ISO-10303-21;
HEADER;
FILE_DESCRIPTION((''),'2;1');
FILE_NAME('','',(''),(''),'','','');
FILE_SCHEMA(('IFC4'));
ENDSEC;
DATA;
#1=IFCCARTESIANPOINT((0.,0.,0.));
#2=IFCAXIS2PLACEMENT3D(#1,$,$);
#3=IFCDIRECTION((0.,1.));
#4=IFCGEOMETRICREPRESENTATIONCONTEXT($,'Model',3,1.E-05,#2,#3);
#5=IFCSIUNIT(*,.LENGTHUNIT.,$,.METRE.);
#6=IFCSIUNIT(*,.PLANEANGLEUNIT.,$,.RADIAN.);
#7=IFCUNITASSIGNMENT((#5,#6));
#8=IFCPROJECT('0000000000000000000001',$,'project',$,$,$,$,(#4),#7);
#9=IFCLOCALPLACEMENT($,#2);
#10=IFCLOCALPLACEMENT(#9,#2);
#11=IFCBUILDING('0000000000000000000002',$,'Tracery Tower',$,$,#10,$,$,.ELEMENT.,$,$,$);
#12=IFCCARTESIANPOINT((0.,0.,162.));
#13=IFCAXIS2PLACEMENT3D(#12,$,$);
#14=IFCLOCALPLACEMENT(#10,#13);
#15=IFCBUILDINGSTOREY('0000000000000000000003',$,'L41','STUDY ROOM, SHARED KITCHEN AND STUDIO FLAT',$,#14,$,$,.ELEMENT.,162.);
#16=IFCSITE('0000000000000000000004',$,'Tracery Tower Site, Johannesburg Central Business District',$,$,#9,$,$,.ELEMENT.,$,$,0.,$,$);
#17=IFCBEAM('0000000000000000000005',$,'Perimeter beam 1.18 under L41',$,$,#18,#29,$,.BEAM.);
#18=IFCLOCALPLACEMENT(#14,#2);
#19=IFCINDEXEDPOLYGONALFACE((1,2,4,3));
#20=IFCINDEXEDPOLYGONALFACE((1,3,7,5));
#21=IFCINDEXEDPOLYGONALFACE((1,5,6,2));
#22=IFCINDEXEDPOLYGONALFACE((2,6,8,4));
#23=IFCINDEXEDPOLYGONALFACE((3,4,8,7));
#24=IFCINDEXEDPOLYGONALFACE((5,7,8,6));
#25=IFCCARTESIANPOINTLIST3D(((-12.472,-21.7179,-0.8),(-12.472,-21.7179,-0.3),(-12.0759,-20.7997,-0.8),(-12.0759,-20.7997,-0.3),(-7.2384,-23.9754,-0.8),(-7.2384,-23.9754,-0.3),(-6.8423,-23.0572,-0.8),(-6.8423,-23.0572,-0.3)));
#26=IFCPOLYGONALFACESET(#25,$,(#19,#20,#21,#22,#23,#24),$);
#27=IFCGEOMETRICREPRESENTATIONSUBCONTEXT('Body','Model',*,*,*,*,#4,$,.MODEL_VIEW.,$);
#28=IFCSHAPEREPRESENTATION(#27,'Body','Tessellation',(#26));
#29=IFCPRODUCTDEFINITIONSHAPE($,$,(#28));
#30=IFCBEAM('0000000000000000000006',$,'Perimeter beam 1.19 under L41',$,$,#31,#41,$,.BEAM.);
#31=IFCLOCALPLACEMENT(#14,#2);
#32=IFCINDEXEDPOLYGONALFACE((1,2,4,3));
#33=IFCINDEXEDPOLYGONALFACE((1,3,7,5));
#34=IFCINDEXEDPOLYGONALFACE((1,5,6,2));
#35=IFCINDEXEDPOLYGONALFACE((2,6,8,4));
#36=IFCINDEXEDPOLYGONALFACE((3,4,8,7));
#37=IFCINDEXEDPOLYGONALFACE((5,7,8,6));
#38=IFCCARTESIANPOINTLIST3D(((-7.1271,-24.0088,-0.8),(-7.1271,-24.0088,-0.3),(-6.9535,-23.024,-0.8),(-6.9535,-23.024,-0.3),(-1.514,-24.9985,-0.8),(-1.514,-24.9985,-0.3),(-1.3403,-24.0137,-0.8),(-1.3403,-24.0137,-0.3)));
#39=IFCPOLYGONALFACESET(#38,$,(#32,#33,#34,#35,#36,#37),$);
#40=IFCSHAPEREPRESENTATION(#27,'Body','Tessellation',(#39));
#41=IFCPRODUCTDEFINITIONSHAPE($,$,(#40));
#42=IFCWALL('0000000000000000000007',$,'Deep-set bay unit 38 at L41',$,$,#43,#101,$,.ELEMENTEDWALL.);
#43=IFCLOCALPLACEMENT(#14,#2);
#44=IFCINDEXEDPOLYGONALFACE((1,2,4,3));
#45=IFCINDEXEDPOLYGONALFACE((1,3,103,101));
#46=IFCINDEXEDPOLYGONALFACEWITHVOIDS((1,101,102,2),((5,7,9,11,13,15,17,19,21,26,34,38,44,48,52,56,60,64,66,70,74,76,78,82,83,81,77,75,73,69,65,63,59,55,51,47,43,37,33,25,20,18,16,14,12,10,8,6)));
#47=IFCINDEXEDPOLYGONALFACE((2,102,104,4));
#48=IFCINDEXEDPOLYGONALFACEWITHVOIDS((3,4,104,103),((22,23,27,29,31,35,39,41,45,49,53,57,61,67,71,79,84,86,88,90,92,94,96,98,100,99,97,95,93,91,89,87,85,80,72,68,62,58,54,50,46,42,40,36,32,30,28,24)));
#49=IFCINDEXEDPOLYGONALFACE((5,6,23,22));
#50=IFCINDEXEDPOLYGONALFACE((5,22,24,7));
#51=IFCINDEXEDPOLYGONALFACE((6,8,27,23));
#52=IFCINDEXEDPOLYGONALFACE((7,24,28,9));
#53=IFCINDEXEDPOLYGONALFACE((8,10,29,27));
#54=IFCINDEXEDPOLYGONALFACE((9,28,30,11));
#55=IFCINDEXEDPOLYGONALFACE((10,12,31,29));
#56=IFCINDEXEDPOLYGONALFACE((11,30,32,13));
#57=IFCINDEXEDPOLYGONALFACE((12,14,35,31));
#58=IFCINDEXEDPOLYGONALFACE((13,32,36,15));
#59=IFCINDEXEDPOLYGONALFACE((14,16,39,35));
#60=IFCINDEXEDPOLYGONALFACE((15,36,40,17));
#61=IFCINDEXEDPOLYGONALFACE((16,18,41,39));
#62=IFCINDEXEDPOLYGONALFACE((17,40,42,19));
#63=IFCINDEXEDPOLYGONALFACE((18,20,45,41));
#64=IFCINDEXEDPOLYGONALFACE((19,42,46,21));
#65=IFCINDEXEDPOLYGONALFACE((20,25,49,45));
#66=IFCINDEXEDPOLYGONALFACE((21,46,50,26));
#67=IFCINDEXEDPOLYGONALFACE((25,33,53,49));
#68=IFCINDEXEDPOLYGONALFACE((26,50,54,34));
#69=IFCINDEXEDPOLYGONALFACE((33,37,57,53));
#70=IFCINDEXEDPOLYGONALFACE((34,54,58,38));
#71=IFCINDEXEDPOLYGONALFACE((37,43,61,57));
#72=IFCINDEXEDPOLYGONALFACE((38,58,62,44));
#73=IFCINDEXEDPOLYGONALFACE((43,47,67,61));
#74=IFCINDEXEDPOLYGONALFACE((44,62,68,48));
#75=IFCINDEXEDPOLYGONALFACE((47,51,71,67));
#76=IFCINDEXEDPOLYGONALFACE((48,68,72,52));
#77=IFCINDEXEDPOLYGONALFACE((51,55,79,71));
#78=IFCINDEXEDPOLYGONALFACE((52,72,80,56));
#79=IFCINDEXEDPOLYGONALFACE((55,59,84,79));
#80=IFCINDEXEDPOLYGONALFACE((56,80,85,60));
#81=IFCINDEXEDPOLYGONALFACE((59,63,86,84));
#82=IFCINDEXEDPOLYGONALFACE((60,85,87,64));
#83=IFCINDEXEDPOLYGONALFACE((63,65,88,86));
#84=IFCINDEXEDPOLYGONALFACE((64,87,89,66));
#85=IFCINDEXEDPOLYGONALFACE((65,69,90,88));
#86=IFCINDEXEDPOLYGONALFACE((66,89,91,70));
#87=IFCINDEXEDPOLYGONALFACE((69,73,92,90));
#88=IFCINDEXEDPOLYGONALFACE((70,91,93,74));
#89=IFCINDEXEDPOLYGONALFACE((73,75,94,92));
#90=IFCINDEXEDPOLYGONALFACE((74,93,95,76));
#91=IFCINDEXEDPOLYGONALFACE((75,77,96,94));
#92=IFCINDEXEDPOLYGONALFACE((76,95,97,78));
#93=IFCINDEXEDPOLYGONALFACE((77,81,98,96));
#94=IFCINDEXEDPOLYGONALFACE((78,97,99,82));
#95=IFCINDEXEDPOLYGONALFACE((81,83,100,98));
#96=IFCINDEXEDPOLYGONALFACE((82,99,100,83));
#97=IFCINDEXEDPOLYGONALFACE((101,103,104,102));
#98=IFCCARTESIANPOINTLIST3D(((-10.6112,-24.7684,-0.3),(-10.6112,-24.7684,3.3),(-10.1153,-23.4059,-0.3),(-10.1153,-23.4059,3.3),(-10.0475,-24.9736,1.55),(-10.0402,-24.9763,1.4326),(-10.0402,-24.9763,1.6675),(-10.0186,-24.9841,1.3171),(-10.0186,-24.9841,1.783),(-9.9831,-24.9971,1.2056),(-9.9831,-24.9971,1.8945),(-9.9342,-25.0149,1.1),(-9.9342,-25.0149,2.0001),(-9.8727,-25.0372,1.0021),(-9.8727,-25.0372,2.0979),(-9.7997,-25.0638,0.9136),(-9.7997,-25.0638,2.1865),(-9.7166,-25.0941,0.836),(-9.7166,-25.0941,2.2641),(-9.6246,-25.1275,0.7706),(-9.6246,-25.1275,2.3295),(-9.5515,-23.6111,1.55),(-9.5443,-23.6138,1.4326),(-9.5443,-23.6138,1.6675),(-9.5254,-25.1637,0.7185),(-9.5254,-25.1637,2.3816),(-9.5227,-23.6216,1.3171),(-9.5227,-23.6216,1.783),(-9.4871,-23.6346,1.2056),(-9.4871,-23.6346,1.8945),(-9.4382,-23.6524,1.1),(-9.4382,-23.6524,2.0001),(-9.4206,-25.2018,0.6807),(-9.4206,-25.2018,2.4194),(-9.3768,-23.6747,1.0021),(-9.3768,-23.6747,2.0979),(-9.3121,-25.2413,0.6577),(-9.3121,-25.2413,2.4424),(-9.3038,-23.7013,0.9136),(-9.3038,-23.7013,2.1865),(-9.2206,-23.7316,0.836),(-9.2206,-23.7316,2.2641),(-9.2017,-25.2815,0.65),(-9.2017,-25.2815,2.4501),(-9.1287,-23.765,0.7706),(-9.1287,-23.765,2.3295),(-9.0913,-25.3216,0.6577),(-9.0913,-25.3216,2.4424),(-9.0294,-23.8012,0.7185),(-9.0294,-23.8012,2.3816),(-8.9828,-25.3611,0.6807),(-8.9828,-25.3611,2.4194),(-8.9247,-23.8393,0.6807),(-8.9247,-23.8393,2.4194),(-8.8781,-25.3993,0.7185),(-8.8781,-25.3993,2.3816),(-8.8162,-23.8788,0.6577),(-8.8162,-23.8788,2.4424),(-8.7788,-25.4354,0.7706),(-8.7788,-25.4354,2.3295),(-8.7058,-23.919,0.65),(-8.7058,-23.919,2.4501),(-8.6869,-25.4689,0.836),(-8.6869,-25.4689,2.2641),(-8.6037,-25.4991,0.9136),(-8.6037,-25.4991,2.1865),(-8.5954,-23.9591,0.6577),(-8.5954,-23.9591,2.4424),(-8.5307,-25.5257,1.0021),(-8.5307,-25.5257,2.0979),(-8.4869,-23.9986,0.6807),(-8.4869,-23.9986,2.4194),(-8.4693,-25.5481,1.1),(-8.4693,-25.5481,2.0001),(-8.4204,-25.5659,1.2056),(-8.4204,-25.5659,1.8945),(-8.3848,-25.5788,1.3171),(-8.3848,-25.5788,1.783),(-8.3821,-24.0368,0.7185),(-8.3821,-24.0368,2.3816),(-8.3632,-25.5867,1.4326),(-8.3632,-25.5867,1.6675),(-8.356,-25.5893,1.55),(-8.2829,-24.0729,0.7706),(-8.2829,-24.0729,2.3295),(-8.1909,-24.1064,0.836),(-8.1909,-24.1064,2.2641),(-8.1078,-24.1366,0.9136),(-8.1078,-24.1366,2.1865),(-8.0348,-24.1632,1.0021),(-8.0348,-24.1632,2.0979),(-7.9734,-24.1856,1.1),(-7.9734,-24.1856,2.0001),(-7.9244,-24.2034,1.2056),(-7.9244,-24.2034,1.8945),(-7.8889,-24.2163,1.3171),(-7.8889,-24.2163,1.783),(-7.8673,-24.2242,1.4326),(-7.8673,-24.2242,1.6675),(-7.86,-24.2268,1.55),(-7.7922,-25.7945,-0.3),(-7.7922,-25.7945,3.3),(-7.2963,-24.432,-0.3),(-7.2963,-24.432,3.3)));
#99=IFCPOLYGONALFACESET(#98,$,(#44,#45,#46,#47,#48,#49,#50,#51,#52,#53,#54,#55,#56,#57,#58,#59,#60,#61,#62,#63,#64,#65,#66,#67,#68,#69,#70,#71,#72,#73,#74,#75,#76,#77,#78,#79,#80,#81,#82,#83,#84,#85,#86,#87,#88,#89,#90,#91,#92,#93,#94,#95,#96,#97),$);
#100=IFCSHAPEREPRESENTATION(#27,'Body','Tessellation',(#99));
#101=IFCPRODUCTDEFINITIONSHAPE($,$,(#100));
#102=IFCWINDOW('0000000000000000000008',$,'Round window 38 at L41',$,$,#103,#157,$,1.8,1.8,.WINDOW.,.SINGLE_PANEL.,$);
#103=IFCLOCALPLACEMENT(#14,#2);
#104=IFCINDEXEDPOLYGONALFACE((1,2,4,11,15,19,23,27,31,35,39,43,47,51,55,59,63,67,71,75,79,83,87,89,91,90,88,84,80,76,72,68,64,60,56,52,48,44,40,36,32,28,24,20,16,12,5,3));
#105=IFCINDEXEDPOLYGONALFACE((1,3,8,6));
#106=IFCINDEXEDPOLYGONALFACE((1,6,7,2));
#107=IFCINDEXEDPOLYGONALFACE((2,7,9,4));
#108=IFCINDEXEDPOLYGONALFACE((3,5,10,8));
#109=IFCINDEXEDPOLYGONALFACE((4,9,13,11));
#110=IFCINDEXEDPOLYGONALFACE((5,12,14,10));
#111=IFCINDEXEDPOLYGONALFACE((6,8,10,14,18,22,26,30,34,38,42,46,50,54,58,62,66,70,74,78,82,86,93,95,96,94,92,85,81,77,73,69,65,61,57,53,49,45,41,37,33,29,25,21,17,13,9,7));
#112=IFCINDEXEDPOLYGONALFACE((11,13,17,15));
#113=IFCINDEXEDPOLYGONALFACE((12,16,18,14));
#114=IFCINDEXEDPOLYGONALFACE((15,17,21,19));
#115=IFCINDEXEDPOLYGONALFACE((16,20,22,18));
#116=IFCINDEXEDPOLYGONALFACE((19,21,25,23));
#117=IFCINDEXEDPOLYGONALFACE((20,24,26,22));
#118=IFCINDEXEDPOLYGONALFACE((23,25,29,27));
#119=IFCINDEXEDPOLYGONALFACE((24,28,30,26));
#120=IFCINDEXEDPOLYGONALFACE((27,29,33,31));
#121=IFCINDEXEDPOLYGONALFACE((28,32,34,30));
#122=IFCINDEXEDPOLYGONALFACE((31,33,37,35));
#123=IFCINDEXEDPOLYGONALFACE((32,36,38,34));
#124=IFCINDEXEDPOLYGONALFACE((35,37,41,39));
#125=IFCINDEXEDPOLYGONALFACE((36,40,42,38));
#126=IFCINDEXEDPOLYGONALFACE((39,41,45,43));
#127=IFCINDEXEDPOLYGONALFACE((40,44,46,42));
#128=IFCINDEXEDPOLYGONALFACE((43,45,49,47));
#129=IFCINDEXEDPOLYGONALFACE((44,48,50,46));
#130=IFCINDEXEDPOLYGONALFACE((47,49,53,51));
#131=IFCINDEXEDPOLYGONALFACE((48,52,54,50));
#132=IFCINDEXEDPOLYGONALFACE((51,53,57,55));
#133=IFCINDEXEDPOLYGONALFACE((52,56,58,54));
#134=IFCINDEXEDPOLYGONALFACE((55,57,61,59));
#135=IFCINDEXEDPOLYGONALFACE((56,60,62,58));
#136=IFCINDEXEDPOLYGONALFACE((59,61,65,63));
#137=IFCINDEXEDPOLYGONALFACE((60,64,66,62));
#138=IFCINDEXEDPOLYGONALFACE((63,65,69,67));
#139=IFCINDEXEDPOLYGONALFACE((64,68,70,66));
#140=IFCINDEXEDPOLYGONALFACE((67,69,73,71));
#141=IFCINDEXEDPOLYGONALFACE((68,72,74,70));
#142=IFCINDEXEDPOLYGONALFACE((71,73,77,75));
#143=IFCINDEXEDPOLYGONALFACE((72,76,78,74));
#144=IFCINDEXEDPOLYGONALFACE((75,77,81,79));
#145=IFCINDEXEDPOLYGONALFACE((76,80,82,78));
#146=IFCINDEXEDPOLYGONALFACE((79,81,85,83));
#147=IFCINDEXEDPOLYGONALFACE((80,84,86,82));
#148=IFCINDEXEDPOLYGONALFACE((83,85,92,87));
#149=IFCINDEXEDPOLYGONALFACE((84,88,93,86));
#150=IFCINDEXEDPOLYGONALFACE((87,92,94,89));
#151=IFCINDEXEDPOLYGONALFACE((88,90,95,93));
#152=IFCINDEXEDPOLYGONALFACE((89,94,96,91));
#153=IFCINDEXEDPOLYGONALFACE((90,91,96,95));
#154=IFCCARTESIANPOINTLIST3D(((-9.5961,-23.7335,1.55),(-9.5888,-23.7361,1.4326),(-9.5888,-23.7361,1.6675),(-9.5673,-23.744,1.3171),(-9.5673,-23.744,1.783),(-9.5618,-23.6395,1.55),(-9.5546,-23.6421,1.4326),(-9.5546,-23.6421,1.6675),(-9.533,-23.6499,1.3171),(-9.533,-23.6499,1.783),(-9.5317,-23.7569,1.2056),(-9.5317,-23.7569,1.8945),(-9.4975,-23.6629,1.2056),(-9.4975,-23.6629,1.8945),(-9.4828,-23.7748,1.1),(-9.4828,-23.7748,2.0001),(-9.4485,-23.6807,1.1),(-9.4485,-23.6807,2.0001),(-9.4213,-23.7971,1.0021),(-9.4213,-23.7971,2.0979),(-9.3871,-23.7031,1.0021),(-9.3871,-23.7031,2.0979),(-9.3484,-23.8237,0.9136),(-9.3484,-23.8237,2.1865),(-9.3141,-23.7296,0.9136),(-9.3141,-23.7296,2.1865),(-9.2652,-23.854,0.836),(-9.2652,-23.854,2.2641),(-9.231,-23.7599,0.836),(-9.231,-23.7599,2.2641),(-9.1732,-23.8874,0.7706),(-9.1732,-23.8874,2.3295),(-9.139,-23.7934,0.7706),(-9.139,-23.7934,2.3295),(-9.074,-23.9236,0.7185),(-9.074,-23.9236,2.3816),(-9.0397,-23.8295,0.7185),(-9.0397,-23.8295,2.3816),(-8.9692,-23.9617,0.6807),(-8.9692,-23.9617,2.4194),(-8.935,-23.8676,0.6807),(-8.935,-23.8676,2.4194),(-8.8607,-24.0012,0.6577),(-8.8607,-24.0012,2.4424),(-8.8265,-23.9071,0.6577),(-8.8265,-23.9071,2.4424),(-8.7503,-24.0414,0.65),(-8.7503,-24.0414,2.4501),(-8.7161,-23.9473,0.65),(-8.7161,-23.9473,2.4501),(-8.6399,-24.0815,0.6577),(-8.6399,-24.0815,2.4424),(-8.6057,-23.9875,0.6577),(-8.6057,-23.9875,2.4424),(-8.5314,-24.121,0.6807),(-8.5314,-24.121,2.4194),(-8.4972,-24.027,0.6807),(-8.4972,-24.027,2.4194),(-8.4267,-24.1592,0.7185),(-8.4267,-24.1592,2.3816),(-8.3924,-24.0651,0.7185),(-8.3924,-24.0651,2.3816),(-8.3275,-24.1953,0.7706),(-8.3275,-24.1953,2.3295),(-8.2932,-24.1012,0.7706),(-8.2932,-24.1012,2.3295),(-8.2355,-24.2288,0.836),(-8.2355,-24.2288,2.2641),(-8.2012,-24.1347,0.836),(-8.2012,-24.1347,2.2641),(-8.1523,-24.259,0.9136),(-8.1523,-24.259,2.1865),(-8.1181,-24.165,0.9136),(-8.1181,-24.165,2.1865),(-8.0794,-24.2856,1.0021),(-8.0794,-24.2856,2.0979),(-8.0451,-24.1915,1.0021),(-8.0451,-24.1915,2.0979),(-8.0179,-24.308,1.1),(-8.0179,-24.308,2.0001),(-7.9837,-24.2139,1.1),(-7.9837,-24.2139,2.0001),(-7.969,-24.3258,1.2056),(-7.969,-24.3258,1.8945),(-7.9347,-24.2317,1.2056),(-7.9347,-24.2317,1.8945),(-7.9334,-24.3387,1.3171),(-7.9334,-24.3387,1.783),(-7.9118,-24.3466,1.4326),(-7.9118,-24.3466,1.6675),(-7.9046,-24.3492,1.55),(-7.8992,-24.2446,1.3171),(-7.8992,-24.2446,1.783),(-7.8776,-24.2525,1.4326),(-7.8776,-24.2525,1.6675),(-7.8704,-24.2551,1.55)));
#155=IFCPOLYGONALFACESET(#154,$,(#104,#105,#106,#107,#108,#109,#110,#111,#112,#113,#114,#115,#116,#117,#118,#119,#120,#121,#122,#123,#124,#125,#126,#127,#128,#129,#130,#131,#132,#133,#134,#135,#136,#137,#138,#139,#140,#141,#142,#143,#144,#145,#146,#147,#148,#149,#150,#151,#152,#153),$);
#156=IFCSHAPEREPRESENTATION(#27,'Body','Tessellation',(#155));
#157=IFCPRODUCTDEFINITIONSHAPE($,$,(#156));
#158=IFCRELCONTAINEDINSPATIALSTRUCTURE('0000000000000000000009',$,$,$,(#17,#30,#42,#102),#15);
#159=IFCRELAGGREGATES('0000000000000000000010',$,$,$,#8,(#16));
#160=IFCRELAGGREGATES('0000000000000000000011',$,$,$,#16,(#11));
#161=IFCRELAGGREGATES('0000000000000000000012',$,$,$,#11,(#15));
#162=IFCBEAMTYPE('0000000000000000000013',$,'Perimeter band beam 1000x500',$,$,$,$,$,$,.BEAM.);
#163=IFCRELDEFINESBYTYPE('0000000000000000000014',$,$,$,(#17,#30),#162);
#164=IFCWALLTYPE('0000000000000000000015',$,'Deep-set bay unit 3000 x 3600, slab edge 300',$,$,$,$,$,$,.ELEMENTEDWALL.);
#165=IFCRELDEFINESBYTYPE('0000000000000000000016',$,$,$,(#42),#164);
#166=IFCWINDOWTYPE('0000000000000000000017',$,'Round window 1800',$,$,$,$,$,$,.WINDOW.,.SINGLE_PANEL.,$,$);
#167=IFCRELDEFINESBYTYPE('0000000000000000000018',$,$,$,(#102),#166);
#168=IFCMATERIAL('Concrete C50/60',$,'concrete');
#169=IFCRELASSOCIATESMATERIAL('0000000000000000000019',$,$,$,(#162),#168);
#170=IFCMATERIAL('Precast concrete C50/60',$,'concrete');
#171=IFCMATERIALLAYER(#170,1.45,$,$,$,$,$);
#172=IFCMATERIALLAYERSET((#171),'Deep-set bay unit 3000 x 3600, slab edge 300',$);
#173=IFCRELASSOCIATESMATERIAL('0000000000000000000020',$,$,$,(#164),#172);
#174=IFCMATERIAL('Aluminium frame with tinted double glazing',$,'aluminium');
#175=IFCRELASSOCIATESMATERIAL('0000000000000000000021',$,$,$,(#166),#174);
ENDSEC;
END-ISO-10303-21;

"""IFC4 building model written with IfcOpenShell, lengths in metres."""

from ifc_helpers import new_model, si_unit, direction, frame, frame_2d, origin, origin_2d, place, context, subcontext, project, spatial, rectangle, circle, extrude, material, layer, layer_set, material_profile, profile_set, type_object, element, fill, save


model = new_model("IFC4")

# Units and contexts
model_context = context("Model", 3, precision=1e-05, world=origin(), true_north=direction((0.0, 1.0)))
body_context = subcontext(model_context, "Body", "Model", "MODEL_VIEW")
ifc_project = project(units=[si_unit("LENGTHUNIT", "METRE"), si_unit("PLANEANGLEUNIT", "RADIAN")], contexts=[model_context])

# Site, building, storey
site_placement = place(None, origin())
site = spatial("IfcSite", under=ifc_project, at=site_placement, Name="Tracery Tower Site, Johannesburg Central Business District", CompositionType="ELEMENT", RefElevation=0.0)
building_placement = place(site_placement, origin())
building = spatial("IfcBuilding", under=site, at=building_placement, Name="Tracery Tower", CompositionType="ELEMENT")
storey_placement = place(building_placement, frame((0.0, 0.0, 162.0)))
storey = spatial("IfcBuildingStorey", under=building, at=storey_placement, Name="L41", Description="STUDY ROOM, SHARED KITCHEN AND STUDIO FLAT", CompositionType="ELEMENT", Elevation=162.0)

# Beams
ifc_material_1 = material(Name="Concrete C50/60", Category="concrete")
ifc_material_profile_1 = material_profile(ifc_material_1, rectangle(XDim=1.0, YDim=0.5, at=origin_2d()), Name="RC 1000x500")
ifc_profile_set_1 = profile_set([ifc_material_profile_1], Name="Concrete C50/60")
beam_type = type_object("IfcBeamType", Name="Perimeter band beam 1000x500", PredefinedType="BEAM", material=ifc_profile_set_1)
for number, where, z_axis, x_axis, name in (
    (1, (-12.2739, -21.2588, -0.55), (0.918216, -0.396079, 0.0), (0.396079, 0.918216, 0.0), "Perimeter beam 1.18 under L41"),
    (2, (-7.0403, -23.5164, -0.55), (0.984807, -0.173651, 0.0), (0.173651, 0.984807, 0.0), "Perimeter beam 1.19 under L41"),
):
    element("IfcBeam", number, at=place(storey_placement, frame(where, z_axis=z_axis, x_axis=x_axis)), inside=storey, type_object=beam_type, Name=name, PredefinedType="BEAM", context=body_context, shape_type="SweptSolid", body=[
        extrude(rectangle(XDim=1.0, YDim=0.5, at=origin_2d()), origin(), (0.0, 0.0, 1.0), 5.6997),
    ])

# Wall, opening, window
ifc_material_2 = material(Name="Precast concrete C50/60", Category="concrete")
ifc_layer_1 = layer(ifc_material_2, 1.45)
ifc_layer_set_1 = layer_set([ifc_layer_1], Name="Deep-set bay unit 3000 x 3600, slab edge 300")
wall_type_1 = type_object("IfcWallType", Name="Deep-set bay unit 3000 x 3600, slab edge 300", PredefinedType="ELEMENTEDWALL", material=ifc_layer_set_1)
wall_1_placement = place(storey_placement, frame((-10.3633, -24.0872, -0.3), z_axis=(0.0, 0.0, 1.0), x_axis=(0.939686, -0.342037, 0.0)))
wall_1 = element("IfcWall", 3, at=wall_1_placement, inside=storey, type_object=wall_type_1, Name="Deep-set bay unit 38 at L41", PredefinedType="ELEMENTEDWALL", context=body_context, shape_type="SweptSolid", body=[
    extrude(rectangle(XDim=3.0, YDim=1.45, at=frame_2d((1.5, 0.0))), origin(), (0.0, 0.0, 1.0), 3.6001),
])
opening_1_placement = place(wall_1_placement, frame((1.5, 0.0, 1.8501)))
opening_1 = element("IfcOpeningElement", 4, at=opening_1_placement, cuts=wall_1, PredefinedType="OPENING", context=body_context, shape_type="SweptSolid", body=[
    extrude(circle(Radius=0.9, at=origin_2d()), frame((0.0, 0.7349, 0.0), z_axis=(0.0, -1.0, 0.0), x_axis=(1.0, 0.0, 0.0)), (0.0, 0.0, 1.0), 1.47),
])
ifc_material_3 = material(Name="Aluminium frame with tinted double glazing", Category="aluminium")
window_type = type_object("IfcWindowType", Name="Round window 1800", PartitioningType="SINGLE_PANEL", PredefinedType="WINDOW", material=ifc_material_3)
window_1_placement = place(opening_1_placement, origin())
window_1 = element("IfcWindow", 5, at=window_1_placement, inside=storey, type_object=window_type, Name="Round window 38 at L41", OverallHeight=1.8, OverallWidth=1.8, PartitioningType="SINGLE_PANEL", PredefinedType="WINDOW", context=body_context, shape_type="SweptSolid", body=[
    extrude(circle(Radius=0.9, at=origin_2d()), frame((0.0, 0.6948, 0.0), z_axis=(0.0, -1.0, 0.0), x_axis=(1.0, 0.0, 0.0)), (0.0, 0.0, 1.0), 0.1001),
])
fill(opening_1, window_1)

save(model, "model.ifc")
